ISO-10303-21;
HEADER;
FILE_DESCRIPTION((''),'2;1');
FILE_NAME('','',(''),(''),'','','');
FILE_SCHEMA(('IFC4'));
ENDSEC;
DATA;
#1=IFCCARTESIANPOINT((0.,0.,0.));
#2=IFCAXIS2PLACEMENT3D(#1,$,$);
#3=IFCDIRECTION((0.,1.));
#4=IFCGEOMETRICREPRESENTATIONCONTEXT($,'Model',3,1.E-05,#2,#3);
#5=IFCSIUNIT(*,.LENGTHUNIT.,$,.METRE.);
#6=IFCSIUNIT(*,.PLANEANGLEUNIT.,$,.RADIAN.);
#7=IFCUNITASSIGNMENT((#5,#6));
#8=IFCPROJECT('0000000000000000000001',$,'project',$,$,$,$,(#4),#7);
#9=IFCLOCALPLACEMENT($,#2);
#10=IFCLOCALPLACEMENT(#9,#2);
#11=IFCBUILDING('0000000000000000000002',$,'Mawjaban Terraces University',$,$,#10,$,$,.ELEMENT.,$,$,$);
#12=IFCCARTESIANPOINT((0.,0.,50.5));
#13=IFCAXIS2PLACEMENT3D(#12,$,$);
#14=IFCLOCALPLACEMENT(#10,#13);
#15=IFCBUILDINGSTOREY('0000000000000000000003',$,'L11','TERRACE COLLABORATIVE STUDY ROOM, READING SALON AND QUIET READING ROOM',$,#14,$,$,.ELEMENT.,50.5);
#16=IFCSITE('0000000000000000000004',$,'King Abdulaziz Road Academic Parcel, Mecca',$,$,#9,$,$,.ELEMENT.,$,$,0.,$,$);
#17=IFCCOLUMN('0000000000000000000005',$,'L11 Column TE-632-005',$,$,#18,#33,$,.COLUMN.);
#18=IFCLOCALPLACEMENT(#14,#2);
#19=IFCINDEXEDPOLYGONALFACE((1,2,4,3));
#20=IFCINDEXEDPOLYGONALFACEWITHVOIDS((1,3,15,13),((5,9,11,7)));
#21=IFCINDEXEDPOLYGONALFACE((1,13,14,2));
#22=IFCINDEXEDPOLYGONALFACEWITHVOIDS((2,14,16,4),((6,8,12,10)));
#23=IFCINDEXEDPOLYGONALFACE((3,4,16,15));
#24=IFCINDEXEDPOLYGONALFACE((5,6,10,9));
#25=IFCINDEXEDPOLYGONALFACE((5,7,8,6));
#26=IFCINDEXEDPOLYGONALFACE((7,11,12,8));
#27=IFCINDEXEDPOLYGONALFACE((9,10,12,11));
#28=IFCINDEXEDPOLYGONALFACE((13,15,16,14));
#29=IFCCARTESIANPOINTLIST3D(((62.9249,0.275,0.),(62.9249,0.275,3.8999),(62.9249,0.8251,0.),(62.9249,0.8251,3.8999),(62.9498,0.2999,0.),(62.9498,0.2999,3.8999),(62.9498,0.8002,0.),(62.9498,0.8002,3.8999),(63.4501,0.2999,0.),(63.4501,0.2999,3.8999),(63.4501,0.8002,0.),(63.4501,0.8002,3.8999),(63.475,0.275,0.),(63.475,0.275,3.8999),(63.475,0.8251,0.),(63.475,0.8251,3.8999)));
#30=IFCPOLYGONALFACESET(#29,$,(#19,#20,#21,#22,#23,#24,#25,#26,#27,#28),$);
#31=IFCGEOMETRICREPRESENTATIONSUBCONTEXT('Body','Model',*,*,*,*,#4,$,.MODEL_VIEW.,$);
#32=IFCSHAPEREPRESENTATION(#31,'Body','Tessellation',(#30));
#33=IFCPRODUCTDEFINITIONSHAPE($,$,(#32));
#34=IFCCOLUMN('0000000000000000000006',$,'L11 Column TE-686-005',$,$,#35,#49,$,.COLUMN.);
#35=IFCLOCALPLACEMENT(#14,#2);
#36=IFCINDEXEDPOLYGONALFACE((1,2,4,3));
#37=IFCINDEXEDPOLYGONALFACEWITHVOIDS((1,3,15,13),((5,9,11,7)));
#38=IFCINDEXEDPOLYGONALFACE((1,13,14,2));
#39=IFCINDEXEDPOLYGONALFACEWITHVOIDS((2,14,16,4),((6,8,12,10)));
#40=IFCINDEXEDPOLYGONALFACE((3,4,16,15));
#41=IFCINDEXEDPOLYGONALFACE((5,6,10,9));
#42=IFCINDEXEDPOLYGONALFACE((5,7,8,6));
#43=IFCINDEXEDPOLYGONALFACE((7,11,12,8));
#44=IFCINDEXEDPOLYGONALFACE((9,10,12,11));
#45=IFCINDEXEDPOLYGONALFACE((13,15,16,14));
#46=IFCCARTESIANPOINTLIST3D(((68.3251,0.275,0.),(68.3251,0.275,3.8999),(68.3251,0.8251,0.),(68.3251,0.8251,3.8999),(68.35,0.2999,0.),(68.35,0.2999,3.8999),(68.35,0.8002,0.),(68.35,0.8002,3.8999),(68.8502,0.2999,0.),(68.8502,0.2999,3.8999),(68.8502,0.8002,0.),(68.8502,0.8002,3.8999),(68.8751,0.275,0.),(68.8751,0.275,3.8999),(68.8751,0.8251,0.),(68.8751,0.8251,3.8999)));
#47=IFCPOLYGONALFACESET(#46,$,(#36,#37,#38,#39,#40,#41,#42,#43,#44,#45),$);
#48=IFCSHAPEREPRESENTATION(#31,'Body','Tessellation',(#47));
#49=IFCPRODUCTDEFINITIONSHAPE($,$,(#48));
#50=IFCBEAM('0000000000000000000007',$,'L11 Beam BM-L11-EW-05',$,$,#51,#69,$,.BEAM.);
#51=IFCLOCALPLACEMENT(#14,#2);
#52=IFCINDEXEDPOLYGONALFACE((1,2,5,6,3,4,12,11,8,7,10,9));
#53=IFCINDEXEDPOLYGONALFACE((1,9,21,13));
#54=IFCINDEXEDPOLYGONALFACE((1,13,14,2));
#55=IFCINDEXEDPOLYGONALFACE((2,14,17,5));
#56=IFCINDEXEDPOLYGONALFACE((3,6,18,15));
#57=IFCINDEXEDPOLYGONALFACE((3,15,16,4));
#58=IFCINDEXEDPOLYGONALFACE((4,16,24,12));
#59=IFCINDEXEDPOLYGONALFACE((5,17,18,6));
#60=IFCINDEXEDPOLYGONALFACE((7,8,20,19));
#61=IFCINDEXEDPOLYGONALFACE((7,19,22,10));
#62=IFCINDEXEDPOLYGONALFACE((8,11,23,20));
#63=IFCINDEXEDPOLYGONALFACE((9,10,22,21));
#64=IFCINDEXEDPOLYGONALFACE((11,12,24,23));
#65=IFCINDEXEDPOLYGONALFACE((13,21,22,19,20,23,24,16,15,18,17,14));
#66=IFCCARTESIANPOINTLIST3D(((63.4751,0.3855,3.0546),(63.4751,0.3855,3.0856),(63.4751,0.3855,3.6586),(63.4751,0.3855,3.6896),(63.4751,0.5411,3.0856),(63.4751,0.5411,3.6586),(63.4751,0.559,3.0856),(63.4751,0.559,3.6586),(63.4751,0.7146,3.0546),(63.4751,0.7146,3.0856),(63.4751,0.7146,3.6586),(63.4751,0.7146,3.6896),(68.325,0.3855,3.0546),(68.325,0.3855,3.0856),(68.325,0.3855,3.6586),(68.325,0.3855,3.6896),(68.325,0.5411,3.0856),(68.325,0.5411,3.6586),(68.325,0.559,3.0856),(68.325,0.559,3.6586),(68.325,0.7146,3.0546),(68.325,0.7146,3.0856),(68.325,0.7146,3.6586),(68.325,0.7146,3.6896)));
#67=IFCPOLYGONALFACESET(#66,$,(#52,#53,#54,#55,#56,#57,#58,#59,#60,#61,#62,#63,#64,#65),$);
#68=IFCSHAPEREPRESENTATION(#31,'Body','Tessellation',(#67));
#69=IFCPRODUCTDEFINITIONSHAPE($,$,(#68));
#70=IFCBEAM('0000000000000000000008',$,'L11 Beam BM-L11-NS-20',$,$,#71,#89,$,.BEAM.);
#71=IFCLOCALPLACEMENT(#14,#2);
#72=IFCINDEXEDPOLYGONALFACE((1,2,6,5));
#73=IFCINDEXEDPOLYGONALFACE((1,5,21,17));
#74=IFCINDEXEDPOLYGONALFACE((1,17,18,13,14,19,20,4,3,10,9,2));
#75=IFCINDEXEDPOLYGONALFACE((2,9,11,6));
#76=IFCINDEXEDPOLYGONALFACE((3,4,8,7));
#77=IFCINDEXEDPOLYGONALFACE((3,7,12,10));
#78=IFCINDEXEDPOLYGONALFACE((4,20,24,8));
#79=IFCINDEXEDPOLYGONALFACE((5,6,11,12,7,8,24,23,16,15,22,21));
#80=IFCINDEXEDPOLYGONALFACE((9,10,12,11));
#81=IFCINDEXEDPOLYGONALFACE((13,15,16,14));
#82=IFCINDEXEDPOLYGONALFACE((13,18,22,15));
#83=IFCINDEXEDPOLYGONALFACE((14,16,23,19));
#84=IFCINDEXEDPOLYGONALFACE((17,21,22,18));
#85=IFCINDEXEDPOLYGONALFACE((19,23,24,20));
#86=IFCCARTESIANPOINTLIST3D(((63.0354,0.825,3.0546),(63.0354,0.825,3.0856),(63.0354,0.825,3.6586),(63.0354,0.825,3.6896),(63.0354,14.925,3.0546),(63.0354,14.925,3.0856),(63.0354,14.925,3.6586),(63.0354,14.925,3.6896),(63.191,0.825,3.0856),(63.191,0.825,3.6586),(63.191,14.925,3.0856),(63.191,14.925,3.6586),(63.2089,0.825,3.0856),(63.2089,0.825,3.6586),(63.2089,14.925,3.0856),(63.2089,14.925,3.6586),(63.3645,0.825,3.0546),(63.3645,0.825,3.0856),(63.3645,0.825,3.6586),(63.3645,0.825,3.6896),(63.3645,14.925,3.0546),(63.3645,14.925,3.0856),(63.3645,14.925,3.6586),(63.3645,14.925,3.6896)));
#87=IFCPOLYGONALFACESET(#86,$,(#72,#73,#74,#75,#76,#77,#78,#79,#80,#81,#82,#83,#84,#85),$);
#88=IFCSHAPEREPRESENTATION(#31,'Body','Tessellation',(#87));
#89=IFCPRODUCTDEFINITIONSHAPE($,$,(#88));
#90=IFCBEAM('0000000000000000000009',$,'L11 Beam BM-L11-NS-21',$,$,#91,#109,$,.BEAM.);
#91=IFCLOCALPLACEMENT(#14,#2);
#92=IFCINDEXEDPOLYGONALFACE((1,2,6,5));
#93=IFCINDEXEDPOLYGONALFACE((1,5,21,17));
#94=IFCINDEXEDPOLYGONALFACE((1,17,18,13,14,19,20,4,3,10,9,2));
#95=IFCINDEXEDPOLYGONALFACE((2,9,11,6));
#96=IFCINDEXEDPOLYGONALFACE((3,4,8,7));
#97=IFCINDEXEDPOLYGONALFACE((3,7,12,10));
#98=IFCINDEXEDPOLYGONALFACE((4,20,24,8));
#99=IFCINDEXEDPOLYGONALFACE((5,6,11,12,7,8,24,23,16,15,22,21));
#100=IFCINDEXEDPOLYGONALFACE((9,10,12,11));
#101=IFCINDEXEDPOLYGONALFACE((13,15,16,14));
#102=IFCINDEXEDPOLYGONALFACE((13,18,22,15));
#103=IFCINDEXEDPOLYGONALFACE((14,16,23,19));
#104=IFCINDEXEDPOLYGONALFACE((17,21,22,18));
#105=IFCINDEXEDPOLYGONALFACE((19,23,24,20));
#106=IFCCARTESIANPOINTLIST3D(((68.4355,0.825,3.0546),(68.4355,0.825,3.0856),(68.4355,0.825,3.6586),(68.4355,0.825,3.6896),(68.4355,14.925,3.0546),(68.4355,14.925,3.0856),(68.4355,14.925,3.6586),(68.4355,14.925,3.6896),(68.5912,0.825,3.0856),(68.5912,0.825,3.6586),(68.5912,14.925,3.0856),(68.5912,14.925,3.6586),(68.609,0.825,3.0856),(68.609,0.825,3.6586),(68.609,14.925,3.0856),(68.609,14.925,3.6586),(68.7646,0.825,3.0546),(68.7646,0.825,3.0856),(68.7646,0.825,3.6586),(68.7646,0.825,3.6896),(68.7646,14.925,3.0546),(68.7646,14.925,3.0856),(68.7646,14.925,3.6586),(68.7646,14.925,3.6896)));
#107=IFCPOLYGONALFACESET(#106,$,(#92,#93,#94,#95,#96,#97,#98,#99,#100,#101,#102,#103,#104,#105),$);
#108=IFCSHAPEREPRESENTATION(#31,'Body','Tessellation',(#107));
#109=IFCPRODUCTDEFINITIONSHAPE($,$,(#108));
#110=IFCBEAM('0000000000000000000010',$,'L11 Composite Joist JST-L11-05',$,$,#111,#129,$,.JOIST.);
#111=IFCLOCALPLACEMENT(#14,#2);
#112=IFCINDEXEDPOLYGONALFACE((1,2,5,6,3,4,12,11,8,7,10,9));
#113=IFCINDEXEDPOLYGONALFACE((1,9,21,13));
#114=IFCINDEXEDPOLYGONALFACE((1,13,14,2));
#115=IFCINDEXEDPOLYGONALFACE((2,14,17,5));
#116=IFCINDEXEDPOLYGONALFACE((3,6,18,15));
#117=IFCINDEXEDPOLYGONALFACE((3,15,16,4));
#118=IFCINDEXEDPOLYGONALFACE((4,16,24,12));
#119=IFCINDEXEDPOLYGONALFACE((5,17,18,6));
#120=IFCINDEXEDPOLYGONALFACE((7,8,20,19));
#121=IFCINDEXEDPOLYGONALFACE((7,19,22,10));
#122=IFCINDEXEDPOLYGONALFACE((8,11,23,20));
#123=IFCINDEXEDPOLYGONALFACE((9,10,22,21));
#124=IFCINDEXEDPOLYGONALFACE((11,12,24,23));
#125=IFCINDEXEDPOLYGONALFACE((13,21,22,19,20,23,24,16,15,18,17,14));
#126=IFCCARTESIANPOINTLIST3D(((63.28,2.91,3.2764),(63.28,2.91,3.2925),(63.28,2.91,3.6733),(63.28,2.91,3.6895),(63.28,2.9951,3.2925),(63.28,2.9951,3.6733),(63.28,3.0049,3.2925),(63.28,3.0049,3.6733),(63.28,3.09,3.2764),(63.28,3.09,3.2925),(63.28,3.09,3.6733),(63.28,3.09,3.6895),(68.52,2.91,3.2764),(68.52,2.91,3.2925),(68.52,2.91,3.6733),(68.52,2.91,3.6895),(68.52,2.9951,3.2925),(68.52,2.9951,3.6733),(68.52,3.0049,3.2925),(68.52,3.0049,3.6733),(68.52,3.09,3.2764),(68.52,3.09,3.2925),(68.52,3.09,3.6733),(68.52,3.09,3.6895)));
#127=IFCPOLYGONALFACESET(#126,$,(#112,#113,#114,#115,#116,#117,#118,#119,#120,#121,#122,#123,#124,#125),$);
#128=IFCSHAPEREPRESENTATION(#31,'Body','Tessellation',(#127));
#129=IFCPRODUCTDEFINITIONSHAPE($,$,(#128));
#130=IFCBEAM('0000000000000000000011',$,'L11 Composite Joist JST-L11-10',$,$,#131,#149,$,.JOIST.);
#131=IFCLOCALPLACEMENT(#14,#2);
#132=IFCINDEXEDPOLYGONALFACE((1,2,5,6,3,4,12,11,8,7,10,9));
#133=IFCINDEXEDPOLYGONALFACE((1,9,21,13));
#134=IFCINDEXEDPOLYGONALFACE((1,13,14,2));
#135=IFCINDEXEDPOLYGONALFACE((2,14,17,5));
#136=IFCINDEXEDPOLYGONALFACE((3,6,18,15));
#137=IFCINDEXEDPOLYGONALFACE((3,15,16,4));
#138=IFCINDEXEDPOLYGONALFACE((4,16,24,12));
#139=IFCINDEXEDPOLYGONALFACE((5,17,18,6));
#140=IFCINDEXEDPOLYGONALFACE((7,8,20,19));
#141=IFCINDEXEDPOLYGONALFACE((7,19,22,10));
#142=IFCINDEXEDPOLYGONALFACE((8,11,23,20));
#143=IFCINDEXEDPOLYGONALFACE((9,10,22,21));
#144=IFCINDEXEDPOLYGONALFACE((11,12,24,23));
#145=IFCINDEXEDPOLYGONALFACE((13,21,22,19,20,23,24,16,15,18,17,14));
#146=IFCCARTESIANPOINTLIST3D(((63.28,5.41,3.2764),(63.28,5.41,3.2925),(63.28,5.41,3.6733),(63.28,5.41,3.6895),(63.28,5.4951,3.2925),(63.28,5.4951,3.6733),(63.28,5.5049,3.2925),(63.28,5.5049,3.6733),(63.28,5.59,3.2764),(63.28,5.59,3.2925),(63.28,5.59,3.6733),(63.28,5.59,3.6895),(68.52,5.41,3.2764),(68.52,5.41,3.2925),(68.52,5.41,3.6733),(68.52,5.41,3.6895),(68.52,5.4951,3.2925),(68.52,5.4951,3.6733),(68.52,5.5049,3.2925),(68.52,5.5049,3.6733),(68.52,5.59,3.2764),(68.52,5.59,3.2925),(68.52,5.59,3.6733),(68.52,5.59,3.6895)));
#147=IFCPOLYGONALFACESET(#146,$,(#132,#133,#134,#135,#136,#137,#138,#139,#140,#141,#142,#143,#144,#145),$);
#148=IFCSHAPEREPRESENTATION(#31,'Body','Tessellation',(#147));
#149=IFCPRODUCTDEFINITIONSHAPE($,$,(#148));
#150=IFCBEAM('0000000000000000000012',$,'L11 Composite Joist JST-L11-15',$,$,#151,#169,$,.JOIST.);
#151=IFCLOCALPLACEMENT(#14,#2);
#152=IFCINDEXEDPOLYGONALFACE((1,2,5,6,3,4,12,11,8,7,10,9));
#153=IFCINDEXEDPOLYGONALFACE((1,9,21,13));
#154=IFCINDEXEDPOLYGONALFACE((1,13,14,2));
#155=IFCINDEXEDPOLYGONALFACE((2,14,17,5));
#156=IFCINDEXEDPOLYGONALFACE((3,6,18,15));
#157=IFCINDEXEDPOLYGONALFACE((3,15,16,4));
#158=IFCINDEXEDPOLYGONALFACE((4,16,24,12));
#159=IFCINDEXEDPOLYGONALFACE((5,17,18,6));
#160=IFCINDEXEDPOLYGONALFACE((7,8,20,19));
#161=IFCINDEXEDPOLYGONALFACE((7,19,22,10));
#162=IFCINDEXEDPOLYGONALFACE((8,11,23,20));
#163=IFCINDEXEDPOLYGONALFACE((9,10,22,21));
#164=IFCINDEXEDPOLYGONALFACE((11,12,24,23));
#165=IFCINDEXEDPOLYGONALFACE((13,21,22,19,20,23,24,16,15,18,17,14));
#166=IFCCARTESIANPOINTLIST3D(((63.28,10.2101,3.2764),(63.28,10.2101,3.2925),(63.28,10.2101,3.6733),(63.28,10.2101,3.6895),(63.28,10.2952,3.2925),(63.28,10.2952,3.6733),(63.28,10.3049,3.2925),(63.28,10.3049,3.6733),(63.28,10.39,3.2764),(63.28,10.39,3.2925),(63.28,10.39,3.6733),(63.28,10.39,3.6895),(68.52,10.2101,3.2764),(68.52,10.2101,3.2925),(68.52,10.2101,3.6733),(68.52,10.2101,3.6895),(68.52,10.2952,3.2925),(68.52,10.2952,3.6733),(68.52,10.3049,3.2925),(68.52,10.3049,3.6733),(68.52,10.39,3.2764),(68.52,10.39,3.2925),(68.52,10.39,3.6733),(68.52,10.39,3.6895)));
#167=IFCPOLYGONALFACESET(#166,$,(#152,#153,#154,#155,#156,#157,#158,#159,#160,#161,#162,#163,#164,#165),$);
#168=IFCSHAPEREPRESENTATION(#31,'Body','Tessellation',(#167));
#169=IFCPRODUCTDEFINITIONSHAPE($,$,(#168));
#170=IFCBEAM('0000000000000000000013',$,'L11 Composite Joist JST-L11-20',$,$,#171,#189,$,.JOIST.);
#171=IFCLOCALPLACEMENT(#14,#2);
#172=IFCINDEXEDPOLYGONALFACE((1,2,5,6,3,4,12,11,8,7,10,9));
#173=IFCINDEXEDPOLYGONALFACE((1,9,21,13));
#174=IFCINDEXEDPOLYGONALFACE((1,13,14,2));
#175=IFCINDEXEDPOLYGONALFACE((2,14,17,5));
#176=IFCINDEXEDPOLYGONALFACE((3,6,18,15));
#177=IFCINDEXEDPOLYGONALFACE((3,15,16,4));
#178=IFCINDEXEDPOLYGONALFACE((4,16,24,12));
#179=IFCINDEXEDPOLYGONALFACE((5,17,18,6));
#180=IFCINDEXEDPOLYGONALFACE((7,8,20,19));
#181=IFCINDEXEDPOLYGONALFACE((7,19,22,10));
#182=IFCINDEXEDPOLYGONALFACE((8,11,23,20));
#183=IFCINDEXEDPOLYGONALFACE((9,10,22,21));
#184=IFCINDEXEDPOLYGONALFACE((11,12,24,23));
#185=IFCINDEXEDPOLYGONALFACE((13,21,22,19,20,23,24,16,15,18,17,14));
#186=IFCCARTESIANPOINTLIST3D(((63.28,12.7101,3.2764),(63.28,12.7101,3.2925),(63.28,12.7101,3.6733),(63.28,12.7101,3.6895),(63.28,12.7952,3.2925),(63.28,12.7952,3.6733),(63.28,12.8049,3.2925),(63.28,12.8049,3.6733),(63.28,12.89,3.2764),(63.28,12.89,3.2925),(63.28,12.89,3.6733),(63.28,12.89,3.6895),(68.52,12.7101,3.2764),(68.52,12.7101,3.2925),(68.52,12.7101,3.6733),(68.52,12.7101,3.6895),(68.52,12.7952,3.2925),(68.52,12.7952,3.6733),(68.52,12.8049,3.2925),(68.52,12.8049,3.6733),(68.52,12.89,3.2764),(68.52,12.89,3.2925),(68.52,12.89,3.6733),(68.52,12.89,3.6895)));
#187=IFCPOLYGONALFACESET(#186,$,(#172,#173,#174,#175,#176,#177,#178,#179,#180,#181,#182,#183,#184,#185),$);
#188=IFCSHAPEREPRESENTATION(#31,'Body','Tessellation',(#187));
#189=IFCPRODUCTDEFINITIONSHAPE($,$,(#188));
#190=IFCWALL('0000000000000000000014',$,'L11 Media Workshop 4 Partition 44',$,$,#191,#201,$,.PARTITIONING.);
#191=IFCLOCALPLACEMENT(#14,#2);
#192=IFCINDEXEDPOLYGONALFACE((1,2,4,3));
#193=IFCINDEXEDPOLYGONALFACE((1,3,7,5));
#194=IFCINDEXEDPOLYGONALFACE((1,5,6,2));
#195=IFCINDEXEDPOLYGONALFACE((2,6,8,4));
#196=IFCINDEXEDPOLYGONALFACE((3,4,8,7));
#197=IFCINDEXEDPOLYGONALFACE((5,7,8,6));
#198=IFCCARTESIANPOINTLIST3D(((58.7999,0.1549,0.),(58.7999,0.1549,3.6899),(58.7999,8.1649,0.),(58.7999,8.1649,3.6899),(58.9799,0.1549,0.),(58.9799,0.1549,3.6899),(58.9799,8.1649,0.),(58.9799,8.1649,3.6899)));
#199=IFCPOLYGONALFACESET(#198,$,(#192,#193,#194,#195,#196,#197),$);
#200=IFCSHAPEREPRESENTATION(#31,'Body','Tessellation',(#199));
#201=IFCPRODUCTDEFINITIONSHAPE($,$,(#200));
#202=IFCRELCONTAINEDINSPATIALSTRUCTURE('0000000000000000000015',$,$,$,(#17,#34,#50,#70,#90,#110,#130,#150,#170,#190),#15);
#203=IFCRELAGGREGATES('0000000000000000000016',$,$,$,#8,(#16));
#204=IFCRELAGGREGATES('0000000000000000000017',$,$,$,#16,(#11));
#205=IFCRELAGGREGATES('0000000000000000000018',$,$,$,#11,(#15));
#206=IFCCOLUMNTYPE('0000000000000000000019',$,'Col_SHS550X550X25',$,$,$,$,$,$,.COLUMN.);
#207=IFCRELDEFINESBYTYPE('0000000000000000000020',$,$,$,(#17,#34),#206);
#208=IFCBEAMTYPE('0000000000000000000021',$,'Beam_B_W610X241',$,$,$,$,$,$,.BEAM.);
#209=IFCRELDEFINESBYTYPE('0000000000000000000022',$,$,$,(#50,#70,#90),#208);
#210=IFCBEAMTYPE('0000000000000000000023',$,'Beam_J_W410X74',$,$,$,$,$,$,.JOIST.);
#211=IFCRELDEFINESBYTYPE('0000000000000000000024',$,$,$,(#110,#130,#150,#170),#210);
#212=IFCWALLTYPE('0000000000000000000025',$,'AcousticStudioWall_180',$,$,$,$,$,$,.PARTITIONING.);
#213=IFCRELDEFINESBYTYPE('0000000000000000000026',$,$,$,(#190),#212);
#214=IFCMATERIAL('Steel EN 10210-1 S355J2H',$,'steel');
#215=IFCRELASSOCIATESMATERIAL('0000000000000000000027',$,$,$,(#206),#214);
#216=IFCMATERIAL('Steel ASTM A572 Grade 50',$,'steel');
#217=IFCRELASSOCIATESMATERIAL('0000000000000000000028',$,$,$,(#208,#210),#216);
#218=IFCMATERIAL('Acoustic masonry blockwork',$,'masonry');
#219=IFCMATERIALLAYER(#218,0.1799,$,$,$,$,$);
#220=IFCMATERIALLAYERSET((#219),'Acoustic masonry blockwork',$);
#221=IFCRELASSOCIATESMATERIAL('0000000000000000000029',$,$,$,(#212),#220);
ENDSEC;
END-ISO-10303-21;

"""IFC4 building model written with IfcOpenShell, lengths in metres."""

from ifc_helpers import new_model, si_unit, direction, frame, frame_2d, origin, origin_2d, place, context, subcontext, project, spatial, rectangle, hollow_rectangle, i_section, extrude, material, layer, layer_set, material_profile, profile_set, type_object, element, save


model = new_model("IFC4")

# Units and contexts
model_context = context("Model", 3, precision=1e-05, world=origin(), true_north=direction((0.0, 1.0)))
body_context = subcontext(model_context, "Body", "Model", "MODEL_VIEW")
ifc_project = project(units=[si_unit("LENGTHUNIT", "METRE"), si_unit("PLANEANGLEUNIT", "RADIAN")], contexts=[model_context])

# Site, building, storey
site_placement = place(None, origin())
site = spatial("IfcSite", under=ifc_project, at=site_placement, Name="King Abdulaziz Road Academic Parcel, Mecca", CompositionType="ELEMENT", RefElevation=0.0)
building_placement = place(site_placement, origin())
building = spatial("IfcBuilding", under=site, at=building_placement, Name="Mawjaban Terraces University", CompositionType="ELEMENT")
storey_placement = place(building_placement, frame((0.0, 0.0, 50.5)))
storey = spatial("IfcBuildingStorey", under=building, at=storey_placement, Name="L11", Description="TERRACE COLLABORATIVE STUDY ROOM, READING SALON AND QUIET READING ROOM", CompositionType="ELEMENT", Elevation=50.5)

# Columns
ifc_material_1 = material(Name="Steel EN 10210-1 S355J2H", Category="steel")
ifc_material_profile_1 = material_profile(ifc_material_1, hollow_rectangle(XDim=0.55, YDim=0.55, WallThickness=0.0249, at=origin_2d()), Name="SHS550X550X25")
ifc_profile_set_1 = profile_set([ifc_material_profile_1], Name="Steel EN 10210-1 S355J2H")
column_type = type_object("IfcColumnType", Name="Col_SHS550X550X25", PredefinedType="COLUMN", material=ifc_profile_set_1)
for number, where, z_axis, x_axis, name in (
    (1, (63.2, 0.55, 0.0), (0.0, 0.0, 1.0), (1.0, 0.0, 0.0), "L11 Column TE-632-005"),
    (2, (68.6001, 0.55, 0.0), (0.0, 0.0, 1.0), (1.0, 0.0, 0.0), "L11 Column TE-686-005"),
):
    element("IfcColumn", number, at=place(storey_placement, frame(where, z_axis=z_axis, x_axis=x_axis)), inside=storey, type_object=column_type, Name=name, PredefinedType="COLUMN", context=body_context, shape_type="SweptSolid", body=[
        extrude(hollow_rectangle(XDim=0.55, YDim=0.55, WallThickness=0.0249, at=origin_2d()), origin(), (0.0, 0.0, 1.0), 3.8999),
    ])

# Beams
ifc_material_2 = material(Name="Steel ASTM A572 Grade 50", Category="steel")
ifc_material_profile_2 = material_profile(ifc_material_2, i_section(OverallWidth=0.3291, OverallDepth=0.635, WebThickness=0.0178, FlangeThickness=0.031, at=origin_2d()), Name="W610X241")
ifc_profile_set_2 = profile_set([ifc_material_profile_2], Name="Steel ASTM A572 Grade 50")
beam_type_1 = type_object("IfcBeamType", Name="Beam_B_W610X241", PredefinedType="BEAM", material=ifc_profile_set_2)
beam_placement = place(storey_placement, frame((63.4751, 0.55, 3.3721), z_axis=(1.0, 0.0, 0.0), x_axis=(0.0, 1.0, 0.0)))
element("IfcBeam", 3, at=beam_placement, inside=storey, type_object=beam_type_1, Name="L11 Beam BM-L11-EW-05", PredefinedType="BEAM", context=body_context, shape_type="SweptSolid", body=[
    extrude(i_section(OverallWidth=0.3291, OverallDepth=0.635, WebThickness=0.0178, FlangeThickness=0.031, at=origin_2d()), origin(), (0.0, 0.0, 1.0), 4.8499),
])
for number, where, z_axis, x_axis, name in (
    (4, (63.2, 0.825, 3.3721), (0.0, 1.0, 0.0), (-1.0, 0.0, 0.0), "L11 Beam BM-L11-NS-20"),
    (5, (68.6001, 0.825, 3.3721), (0.0, 1.0, 0.0), (-1.0, 0.0, 0.0), "L11 Beam BM-L11-NS-21"),
):
    element("IfcBeam", number, at=place(storey_placement, frame(where, z_axis=z_axis, x_axis=x_axis)), inside=storey, type_object=beam_type_1, Name=name, PredefinedType="BEAM", context=body_context, shape_type="SweptSolid", body=[
        extrude(i_section(OverallWidth=0.3291, OverallDepth=0.635, WebThickness=0.0178, FlangeThickness=0.031, at=origin_2d()), origin(), (0.0, 0.0, 1.0), 14.1001),
    ])
ifc_material_profile_3 = material_profile(ifc_material_2, i_section(OverallWidth=0.1799, OverallDepth=0.4131, WebThickness=0.0098, FlangeThickness=0.0161, at=origin_2d()), Name="W410X74")
ifc_profile_set_3 = profile_set([ifc_material_profile_3], Name="Steel ASTM A572 Grade 50")
beam_type_2 = type_object("IfcBeamType", Name="Beam_J_W410X74", PredefinedType="JOIST", material=ifc_profile_set_3)
for number, where, z_axis, x_axis, name in (
    (6, (63.28, 3.0, 3.4829), (1.0, 0.0, 0.0), (0.0, 1.0, 0.0), "L11 Composite Joist JST-L11-05"),
    (7, (63.28, 5.5, 3.4829), (1.0, 0.0, 0.0), (0.0, 1.0, 0.0), "L11 Composite Joist JST-L11-10"),
    (8, (63.28, 10.3, 3.4829), (1.0, 0.0, 0.0), (0.0, 1.0, 0.0), "L11 Composite Joist JST-L11-15"),
    (9, (63.28, 12.8, 3.4829), (1.0, 0.0, 0.0), (0.0, 1.0, 0.0), "L11 Composite Joist JST-L11-20"),
):
    element("IfcBeam", number, at=place(storey_placement, frame(where, z_axis=z_axis, x_axis=x_axis)), inside=storey, type_object=beam_type_2, Name=name, PredefinedType="JOIST", context=body_context, shape_type="SweptSolid", body=[
        extrude(i_section(OverallWidth=0.1799, OverallDepth=0.4131, WebThickness=0.0098, FlangeThickness=0.0161, at=origin_2d()), origin(), (0.0, 0.0, 1.0), 5.24),
    ])

# Wall
ifc_material_3 = material(Name="Acoustic masonry blockwork", Category="masonry")
ifc_layer_1 = layer(ifc_material_3, 0.1799)
ifc_layer_set_1 = layer_set([ifc_layer_1], Name="Acoustic masonry blockwork")
wall_type_1 = type_object("IfcWallType", Name="AcousticStudioWall_180", PredefinedType="PARTITIONING", material=ifc_layer_set_1)
wall_1_placement = place(storey_placement, frame((58.8899, 0.155, 0.0), z_axis=(0.0, 0.0, 1.0), x_axis=(0.0, 1.0, 0.0)))
element("IfcWall", 10, at=wall_1_placement, inside=storey, type_object=wall_type_1, Name="L11 Media Workshop 4 Partition 44", PredefinedType="PARTITIONING", context=body_context, shape_type="SweptSolid", body=[
    extrude(rectangle(XDim=8.01, YDim=0.1799, at=frame_2d((4.0049, 0.0))), origin(), (0.0, 0.0, 1.0), 3.6899),
])

save(model, "model.ifc")
